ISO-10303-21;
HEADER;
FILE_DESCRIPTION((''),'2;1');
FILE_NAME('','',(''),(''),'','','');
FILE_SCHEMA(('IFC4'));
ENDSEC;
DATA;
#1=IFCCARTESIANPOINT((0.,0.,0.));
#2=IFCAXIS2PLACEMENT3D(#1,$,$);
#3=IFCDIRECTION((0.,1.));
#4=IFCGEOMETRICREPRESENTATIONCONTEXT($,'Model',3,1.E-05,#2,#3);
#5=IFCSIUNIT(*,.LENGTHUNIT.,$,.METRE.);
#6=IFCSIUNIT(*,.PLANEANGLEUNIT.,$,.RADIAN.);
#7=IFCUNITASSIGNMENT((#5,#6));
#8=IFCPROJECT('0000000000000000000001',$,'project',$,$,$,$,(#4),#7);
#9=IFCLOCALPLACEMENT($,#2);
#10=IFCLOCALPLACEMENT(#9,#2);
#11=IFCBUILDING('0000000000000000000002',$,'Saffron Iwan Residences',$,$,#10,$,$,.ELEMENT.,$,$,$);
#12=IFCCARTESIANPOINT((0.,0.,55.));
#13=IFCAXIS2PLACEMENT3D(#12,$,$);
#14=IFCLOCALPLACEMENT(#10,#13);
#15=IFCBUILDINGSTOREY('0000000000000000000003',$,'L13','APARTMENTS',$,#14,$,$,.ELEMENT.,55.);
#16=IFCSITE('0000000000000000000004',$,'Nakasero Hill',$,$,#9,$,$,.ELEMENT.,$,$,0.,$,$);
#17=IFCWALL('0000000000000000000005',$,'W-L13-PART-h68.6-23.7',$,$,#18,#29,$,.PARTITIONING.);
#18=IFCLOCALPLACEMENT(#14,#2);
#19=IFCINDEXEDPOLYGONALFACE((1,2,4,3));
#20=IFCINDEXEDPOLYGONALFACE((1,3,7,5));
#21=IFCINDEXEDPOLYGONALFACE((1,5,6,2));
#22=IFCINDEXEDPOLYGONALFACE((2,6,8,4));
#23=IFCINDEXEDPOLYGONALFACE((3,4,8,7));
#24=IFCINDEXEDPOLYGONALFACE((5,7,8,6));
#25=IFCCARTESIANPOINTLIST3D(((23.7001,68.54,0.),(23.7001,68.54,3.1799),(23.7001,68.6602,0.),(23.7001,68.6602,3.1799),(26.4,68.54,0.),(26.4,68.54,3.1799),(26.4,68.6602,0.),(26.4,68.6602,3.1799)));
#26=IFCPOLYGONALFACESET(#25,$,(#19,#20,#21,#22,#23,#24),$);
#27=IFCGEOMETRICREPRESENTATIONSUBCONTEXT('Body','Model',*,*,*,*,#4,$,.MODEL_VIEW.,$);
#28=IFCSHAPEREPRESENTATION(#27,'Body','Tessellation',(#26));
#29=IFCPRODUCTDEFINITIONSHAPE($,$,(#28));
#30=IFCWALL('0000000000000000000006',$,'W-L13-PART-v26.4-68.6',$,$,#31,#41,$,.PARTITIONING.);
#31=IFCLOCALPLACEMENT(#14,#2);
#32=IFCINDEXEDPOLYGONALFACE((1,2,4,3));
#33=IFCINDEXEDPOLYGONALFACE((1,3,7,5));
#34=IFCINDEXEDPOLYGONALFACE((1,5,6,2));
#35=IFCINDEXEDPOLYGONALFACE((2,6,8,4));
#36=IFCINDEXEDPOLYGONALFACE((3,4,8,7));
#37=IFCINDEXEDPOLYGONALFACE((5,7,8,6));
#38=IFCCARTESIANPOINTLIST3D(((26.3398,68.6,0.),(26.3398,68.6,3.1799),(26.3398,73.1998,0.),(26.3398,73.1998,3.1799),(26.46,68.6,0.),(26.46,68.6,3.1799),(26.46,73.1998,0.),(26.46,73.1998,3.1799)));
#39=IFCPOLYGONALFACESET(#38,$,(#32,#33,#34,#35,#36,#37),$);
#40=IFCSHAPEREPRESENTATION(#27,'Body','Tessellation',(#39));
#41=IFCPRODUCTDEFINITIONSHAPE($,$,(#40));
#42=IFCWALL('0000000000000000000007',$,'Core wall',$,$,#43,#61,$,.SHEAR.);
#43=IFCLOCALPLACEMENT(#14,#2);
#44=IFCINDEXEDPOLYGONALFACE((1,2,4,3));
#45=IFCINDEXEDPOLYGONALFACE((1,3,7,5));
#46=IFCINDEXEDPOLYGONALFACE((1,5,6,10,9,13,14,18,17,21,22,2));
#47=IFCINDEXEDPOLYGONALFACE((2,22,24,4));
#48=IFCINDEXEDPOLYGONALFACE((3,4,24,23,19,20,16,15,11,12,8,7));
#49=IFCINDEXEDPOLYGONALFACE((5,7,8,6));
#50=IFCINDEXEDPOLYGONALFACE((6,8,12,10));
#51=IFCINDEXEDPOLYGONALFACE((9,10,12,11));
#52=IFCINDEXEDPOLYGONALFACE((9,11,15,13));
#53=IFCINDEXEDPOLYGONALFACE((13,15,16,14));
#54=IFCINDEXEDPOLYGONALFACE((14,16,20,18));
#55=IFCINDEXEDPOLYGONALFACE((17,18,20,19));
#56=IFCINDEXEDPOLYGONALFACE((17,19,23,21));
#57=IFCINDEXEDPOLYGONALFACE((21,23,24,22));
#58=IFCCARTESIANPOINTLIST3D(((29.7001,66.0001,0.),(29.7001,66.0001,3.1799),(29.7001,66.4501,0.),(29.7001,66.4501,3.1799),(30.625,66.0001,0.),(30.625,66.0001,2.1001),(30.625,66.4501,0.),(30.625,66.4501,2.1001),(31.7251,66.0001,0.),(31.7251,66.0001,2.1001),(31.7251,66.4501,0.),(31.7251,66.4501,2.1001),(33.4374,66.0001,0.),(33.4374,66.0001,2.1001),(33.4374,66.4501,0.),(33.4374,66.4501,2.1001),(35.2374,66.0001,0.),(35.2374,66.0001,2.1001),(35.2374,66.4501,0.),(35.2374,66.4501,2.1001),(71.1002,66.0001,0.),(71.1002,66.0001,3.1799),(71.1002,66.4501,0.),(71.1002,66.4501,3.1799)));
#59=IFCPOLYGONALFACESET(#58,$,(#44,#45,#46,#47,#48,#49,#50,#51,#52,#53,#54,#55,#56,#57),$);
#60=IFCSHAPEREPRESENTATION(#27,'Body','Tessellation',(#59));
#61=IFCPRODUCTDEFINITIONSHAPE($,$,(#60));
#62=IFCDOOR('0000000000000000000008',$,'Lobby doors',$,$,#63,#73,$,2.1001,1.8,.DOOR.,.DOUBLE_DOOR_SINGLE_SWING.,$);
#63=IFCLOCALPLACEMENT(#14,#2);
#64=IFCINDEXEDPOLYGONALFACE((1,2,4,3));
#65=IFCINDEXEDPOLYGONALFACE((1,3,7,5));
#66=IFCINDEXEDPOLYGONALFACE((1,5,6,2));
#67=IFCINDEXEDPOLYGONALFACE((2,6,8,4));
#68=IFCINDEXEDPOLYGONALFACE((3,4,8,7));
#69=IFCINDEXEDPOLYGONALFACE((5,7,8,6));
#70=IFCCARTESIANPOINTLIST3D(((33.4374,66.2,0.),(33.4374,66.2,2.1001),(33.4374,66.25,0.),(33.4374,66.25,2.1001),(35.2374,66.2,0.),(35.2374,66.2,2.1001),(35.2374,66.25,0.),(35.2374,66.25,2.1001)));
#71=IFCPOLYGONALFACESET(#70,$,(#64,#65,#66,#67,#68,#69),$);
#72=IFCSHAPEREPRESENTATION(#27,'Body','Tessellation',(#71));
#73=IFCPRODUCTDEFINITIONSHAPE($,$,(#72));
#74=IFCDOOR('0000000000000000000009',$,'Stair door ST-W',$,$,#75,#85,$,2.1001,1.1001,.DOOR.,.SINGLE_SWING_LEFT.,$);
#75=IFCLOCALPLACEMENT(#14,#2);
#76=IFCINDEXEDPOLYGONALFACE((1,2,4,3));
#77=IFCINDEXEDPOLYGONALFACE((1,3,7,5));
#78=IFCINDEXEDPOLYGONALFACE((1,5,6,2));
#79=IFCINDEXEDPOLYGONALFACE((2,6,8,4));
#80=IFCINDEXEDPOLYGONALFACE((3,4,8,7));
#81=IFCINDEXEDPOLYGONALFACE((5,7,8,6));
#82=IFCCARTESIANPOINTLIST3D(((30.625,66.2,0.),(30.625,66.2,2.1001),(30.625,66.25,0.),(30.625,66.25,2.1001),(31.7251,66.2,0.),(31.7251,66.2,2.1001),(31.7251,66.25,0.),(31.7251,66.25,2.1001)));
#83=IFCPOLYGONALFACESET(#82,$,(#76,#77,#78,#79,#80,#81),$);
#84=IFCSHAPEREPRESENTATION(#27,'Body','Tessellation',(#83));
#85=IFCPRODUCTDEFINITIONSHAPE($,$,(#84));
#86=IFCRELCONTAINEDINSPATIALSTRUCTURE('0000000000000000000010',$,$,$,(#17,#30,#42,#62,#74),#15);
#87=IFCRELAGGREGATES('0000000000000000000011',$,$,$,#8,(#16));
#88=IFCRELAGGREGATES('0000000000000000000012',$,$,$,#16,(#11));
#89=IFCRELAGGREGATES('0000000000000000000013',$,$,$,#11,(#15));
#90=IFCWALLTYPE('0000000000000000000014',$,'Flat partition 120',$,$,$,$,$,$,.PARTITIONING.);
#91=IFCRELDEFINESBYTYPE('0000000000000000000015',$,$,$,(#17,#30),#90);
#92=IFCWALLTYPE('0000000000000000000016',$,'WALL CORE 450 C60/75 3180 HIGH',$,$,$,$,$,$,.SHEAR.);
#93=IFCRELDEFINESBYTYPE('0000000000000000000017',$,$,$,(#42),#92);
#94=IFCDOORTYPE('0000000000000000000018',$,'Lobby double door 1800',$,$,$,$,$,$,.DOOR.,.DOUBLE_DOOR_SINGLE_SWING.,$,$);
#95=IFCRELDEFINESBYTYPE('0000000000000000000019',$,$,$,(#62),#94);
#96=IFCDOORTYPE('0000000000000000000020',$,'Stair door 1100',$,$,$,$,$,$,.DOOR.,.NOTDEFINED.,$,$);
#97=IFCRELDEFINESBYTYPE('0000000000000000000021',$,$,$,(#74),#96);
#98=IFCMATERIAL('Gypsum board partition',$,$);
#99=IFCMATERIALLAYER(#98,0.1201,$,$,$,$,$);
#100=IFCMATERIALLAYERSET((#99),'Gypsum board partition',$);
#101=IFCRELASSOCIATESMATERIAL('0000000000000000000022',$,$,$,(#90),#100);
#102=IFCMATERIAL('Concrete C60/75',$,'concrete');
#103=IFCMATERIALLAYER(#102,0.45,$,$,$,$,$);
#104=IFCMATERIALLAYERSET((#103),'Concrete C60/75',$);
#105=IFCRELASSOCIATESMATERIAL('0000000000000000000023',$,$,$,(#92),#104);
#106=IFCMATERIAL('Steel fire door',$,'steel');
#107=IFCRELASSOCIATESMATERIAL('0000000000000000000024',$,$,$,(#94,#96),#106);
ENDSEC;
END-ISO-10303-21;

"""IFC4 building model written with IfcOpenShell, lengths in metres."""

from ifc_helpers import new_model, si_unit, direction, frame, frame_2d, origin, place, context, subcontext, project, spatial, rectangle, extrude, material, layer, layer_set, type_object, element, fill, save


model = new_model("IFC4")

# Units and contexts
model_context = context("Model", 3, precision=1e-05, world=origin(), true_north=direction((0.0, 1.0)))
body_context = subcontext(model_context, "Body", "Model", "MODEL_VIEW")
ifc_project = project(units=[si_unit("LENGTHUNIT", "METRE"), si_unit("PLANEANGLEUNIT", "RADIAN")], contexts=[model_context])

# Site, building, storey
site_placement = place(None, origin())
site = spatial("IfcSite", under=ifc_project, at=site_placement, Name="Nakasero Hill", CompositionType="ELEMENT", RefElevation=0.0)
building_placement = place(site_placement, origin())
building = spatial("IfcBuilding", under=site, at=building_placement, Name="Saffron Iwan Residences", CompositionType="ELEMENT")
storey_placement = place(building_placement, frame((0.0, 0.0, 55.0)))
storey = spatial("IfcBuildingStorey", under=building, at=storey_placement, Name="L13", Description="APARTMENTS", CompositionType="ELEMENT", Elevation=55.0)

# Walls
ifc_material_1 = material(Name="Gypsum board partition")
ifc_layer_1 = layer(ifc_material_1, 0.1201)
ifc_layer_set_1 = layer_set([ifc_layer_1], Name="Gypsum board partition")
wall_type_1 = type_object("IfcWallType", Name="Flat partition 120", PredefinedType="PARTITIONING", material=ifc_layer_set_1)
wall_1_placement = place(storey_placement, frame((23.7, 68.6001, 0.0), z_axis=(0.0, 0.0, 1.0), x_axis=(1.0, 0.0, 0.0)))
element("IfcWall", 1, at=wall_1_placement, inside=storey, type_object=wall_type_1, Name="W-L13-PART-h68.6-23.7", PredefinedType="PARTITIONING", context=body_context, shape_type="SweptSolid", body=[
    extrude(rectangle(XDim=2.7, YDim=0.1201, at=frame_2d((1.3501, 0.0))), origin(), (0.0, 0.0, 1.0), 3.1799),
])
wall_2_placement = place(storey_placement, frame((26.3999, 68.6001, 0.0), z_axis=(0.0, 0.0, 1.0), x_axis=(0.0, 1.0, 0.0)))
element("IfcWall", 2, at=wall_2_placement, inside=storey, type_object=wall_type_1, Name="W-L13-PART-v26.4-68.6", PredefinedType="PARTITIONING", context=body_context, shape_type="SweptSolid", body=[
    extrude(rectangle(XDim=4.5999, YDim=0.1201, at=frame_2d((2.2998, 0.0))), origin(), (0.0, 0.0, 1.0), 3.1799),
])

# Wall, openings, doors
ifc_material_2 = material(Name="Concrete C60/75", Category="concrete")
ifc_layer_2 = layer(ifc_material_2, 0.45)
ifc_layer_set_2 = layer_set([ifc_layer_2], Name="Concrete C60/75")
wall_type_2 = type_object("IfcWallType", Name="WALL CORE 450 C60/75 3180 HIGH", PredefinedType="SHEAR", material=ifc_layer_set_2)
wall_3_placement = place(storey_placement, frame((29.7, 66.2251, 0.0), z_axis=(0.0, 0.0, 1.0), x_axis=(1.0, 0.0, 0.0)))
wall_3 = element("IfcWall", 3, at=wall_3_placement, inside=storey, type_object=wall_type_2, Name="Core wall", PredefinedType="SHEAR", context=body_context, shape_type="SweptSolid", body=[
    extrude(rectangle(XDim=41.4001, YDim=0.45, at=frame_2d((20.7002, 0.0))), origin(), (0.0, 0.0, 1.0), 3.1799),
])
opening_1_placement = place(wall_3_placement, frame((0.925, 0.0, 0.0)))
opening_1 = element("IfcOpeningElement", 4, at=opening_1_placement, cuts=wall_3, PredefinedType="OPENING", context=body_context, shape_type="SweptSolid", body=[
    extrude(rectangle(XDim=1.1001, YDim=2.1001, at=frame_2d((0.55, 1.05))), frame((0.0, 0.2349, 0.0), z_axis=(0.0, -1.0, 0.0), x_axis=(1.0, 0.0, 0.0)), (0.0, 0.0, 1.0), 0.47),
])
opening_2_placement = place(wall_3_placement, frame((3.7375, 0.0, 0.0)))
opening_2 = element("IfcOpeningElement", 5, at=opening_2_placement, cuts=wall_3, PredefinedType="OPENING", context=body_context, shape_type="SweptSolid", body=[
    extrude(rectangle(XDim=1.8, YDim=2.1001, at=frame_2d((0.8999, 1.05))), frame((0.0, 0.2349, 0.0), z_axis=(0.0, -1.0, 0.0), x_axis=(1.0, 0.0, 0.0)), (0.0, 0.0, 1.0), 0.47),
])
ifc_material_3 = material(Name="Steel fire door", Category="steel")
door_type_1 = type_object("IfcDoorType", Name="Lobby double door 1800", OperationType="DOUBLE_DOOR_SINGLE_SWING", PredefinedType="DOOR", material=ifc_material_3)
door_1_placement = place(opening_2_placement, origin())
door_1 = element("IfcDoor", 6, at=door_1_placement, inside=storey, type_object=door_type_1, Name="Lobby doors", OperationType="DOUBLE_DOOR_SINGLE_SWING", OverallHeight=2.1001, OverallWidth=1.8, PredefinedType="DOOR", context=body_context, shape_type="SweptSolid", body=[
    extrude(rectangle(XDim=1.8, YDim=2.1001, at=frame_2d((0.8999, 1.05))), frame((0.0, 0.0249, 0.0), z_axis=(0.0, -1.0, 0.0), x_axis=(1.0, 0.0, 0.0)), (0.0, 0.0, 1.0), 0.05),
])
fill(opening_2, door_1)
door_type_2 = type_object("IfcDoorType", Name="Stair door 1100", OperationType="NOTDEFINED", PredefinedType="DOOR", material=ifc_material_3)
door_2_placement = place(opening_1_placement, origin())
door_2 = element("IfcDoor", 7, at=door_2_placement, inside=storey, type_object=door_type_2, Name="Stair door ST-W", OperationType="SINGLE_SWING_LEFT", OverallHeight=2.1001, OverallWidth=1.1001, PredefinedType="DOOR", context=body_context, shape_type="SweptSolid", body=[
    extrude(rectangle(XDim=1.1001, YDim=2.1001, at=frame_2d((0.55, 1.05))), frame((0.0, 0.0249, 0.0), z_axis=(0.0, -1.0, 0.0), x_axis=(1.0, 0.0, 0.0)), (0.0, 0.0, 1.0), 0.05),
])
fill(opening_1, door_2)

save(model, "model.ifc")
